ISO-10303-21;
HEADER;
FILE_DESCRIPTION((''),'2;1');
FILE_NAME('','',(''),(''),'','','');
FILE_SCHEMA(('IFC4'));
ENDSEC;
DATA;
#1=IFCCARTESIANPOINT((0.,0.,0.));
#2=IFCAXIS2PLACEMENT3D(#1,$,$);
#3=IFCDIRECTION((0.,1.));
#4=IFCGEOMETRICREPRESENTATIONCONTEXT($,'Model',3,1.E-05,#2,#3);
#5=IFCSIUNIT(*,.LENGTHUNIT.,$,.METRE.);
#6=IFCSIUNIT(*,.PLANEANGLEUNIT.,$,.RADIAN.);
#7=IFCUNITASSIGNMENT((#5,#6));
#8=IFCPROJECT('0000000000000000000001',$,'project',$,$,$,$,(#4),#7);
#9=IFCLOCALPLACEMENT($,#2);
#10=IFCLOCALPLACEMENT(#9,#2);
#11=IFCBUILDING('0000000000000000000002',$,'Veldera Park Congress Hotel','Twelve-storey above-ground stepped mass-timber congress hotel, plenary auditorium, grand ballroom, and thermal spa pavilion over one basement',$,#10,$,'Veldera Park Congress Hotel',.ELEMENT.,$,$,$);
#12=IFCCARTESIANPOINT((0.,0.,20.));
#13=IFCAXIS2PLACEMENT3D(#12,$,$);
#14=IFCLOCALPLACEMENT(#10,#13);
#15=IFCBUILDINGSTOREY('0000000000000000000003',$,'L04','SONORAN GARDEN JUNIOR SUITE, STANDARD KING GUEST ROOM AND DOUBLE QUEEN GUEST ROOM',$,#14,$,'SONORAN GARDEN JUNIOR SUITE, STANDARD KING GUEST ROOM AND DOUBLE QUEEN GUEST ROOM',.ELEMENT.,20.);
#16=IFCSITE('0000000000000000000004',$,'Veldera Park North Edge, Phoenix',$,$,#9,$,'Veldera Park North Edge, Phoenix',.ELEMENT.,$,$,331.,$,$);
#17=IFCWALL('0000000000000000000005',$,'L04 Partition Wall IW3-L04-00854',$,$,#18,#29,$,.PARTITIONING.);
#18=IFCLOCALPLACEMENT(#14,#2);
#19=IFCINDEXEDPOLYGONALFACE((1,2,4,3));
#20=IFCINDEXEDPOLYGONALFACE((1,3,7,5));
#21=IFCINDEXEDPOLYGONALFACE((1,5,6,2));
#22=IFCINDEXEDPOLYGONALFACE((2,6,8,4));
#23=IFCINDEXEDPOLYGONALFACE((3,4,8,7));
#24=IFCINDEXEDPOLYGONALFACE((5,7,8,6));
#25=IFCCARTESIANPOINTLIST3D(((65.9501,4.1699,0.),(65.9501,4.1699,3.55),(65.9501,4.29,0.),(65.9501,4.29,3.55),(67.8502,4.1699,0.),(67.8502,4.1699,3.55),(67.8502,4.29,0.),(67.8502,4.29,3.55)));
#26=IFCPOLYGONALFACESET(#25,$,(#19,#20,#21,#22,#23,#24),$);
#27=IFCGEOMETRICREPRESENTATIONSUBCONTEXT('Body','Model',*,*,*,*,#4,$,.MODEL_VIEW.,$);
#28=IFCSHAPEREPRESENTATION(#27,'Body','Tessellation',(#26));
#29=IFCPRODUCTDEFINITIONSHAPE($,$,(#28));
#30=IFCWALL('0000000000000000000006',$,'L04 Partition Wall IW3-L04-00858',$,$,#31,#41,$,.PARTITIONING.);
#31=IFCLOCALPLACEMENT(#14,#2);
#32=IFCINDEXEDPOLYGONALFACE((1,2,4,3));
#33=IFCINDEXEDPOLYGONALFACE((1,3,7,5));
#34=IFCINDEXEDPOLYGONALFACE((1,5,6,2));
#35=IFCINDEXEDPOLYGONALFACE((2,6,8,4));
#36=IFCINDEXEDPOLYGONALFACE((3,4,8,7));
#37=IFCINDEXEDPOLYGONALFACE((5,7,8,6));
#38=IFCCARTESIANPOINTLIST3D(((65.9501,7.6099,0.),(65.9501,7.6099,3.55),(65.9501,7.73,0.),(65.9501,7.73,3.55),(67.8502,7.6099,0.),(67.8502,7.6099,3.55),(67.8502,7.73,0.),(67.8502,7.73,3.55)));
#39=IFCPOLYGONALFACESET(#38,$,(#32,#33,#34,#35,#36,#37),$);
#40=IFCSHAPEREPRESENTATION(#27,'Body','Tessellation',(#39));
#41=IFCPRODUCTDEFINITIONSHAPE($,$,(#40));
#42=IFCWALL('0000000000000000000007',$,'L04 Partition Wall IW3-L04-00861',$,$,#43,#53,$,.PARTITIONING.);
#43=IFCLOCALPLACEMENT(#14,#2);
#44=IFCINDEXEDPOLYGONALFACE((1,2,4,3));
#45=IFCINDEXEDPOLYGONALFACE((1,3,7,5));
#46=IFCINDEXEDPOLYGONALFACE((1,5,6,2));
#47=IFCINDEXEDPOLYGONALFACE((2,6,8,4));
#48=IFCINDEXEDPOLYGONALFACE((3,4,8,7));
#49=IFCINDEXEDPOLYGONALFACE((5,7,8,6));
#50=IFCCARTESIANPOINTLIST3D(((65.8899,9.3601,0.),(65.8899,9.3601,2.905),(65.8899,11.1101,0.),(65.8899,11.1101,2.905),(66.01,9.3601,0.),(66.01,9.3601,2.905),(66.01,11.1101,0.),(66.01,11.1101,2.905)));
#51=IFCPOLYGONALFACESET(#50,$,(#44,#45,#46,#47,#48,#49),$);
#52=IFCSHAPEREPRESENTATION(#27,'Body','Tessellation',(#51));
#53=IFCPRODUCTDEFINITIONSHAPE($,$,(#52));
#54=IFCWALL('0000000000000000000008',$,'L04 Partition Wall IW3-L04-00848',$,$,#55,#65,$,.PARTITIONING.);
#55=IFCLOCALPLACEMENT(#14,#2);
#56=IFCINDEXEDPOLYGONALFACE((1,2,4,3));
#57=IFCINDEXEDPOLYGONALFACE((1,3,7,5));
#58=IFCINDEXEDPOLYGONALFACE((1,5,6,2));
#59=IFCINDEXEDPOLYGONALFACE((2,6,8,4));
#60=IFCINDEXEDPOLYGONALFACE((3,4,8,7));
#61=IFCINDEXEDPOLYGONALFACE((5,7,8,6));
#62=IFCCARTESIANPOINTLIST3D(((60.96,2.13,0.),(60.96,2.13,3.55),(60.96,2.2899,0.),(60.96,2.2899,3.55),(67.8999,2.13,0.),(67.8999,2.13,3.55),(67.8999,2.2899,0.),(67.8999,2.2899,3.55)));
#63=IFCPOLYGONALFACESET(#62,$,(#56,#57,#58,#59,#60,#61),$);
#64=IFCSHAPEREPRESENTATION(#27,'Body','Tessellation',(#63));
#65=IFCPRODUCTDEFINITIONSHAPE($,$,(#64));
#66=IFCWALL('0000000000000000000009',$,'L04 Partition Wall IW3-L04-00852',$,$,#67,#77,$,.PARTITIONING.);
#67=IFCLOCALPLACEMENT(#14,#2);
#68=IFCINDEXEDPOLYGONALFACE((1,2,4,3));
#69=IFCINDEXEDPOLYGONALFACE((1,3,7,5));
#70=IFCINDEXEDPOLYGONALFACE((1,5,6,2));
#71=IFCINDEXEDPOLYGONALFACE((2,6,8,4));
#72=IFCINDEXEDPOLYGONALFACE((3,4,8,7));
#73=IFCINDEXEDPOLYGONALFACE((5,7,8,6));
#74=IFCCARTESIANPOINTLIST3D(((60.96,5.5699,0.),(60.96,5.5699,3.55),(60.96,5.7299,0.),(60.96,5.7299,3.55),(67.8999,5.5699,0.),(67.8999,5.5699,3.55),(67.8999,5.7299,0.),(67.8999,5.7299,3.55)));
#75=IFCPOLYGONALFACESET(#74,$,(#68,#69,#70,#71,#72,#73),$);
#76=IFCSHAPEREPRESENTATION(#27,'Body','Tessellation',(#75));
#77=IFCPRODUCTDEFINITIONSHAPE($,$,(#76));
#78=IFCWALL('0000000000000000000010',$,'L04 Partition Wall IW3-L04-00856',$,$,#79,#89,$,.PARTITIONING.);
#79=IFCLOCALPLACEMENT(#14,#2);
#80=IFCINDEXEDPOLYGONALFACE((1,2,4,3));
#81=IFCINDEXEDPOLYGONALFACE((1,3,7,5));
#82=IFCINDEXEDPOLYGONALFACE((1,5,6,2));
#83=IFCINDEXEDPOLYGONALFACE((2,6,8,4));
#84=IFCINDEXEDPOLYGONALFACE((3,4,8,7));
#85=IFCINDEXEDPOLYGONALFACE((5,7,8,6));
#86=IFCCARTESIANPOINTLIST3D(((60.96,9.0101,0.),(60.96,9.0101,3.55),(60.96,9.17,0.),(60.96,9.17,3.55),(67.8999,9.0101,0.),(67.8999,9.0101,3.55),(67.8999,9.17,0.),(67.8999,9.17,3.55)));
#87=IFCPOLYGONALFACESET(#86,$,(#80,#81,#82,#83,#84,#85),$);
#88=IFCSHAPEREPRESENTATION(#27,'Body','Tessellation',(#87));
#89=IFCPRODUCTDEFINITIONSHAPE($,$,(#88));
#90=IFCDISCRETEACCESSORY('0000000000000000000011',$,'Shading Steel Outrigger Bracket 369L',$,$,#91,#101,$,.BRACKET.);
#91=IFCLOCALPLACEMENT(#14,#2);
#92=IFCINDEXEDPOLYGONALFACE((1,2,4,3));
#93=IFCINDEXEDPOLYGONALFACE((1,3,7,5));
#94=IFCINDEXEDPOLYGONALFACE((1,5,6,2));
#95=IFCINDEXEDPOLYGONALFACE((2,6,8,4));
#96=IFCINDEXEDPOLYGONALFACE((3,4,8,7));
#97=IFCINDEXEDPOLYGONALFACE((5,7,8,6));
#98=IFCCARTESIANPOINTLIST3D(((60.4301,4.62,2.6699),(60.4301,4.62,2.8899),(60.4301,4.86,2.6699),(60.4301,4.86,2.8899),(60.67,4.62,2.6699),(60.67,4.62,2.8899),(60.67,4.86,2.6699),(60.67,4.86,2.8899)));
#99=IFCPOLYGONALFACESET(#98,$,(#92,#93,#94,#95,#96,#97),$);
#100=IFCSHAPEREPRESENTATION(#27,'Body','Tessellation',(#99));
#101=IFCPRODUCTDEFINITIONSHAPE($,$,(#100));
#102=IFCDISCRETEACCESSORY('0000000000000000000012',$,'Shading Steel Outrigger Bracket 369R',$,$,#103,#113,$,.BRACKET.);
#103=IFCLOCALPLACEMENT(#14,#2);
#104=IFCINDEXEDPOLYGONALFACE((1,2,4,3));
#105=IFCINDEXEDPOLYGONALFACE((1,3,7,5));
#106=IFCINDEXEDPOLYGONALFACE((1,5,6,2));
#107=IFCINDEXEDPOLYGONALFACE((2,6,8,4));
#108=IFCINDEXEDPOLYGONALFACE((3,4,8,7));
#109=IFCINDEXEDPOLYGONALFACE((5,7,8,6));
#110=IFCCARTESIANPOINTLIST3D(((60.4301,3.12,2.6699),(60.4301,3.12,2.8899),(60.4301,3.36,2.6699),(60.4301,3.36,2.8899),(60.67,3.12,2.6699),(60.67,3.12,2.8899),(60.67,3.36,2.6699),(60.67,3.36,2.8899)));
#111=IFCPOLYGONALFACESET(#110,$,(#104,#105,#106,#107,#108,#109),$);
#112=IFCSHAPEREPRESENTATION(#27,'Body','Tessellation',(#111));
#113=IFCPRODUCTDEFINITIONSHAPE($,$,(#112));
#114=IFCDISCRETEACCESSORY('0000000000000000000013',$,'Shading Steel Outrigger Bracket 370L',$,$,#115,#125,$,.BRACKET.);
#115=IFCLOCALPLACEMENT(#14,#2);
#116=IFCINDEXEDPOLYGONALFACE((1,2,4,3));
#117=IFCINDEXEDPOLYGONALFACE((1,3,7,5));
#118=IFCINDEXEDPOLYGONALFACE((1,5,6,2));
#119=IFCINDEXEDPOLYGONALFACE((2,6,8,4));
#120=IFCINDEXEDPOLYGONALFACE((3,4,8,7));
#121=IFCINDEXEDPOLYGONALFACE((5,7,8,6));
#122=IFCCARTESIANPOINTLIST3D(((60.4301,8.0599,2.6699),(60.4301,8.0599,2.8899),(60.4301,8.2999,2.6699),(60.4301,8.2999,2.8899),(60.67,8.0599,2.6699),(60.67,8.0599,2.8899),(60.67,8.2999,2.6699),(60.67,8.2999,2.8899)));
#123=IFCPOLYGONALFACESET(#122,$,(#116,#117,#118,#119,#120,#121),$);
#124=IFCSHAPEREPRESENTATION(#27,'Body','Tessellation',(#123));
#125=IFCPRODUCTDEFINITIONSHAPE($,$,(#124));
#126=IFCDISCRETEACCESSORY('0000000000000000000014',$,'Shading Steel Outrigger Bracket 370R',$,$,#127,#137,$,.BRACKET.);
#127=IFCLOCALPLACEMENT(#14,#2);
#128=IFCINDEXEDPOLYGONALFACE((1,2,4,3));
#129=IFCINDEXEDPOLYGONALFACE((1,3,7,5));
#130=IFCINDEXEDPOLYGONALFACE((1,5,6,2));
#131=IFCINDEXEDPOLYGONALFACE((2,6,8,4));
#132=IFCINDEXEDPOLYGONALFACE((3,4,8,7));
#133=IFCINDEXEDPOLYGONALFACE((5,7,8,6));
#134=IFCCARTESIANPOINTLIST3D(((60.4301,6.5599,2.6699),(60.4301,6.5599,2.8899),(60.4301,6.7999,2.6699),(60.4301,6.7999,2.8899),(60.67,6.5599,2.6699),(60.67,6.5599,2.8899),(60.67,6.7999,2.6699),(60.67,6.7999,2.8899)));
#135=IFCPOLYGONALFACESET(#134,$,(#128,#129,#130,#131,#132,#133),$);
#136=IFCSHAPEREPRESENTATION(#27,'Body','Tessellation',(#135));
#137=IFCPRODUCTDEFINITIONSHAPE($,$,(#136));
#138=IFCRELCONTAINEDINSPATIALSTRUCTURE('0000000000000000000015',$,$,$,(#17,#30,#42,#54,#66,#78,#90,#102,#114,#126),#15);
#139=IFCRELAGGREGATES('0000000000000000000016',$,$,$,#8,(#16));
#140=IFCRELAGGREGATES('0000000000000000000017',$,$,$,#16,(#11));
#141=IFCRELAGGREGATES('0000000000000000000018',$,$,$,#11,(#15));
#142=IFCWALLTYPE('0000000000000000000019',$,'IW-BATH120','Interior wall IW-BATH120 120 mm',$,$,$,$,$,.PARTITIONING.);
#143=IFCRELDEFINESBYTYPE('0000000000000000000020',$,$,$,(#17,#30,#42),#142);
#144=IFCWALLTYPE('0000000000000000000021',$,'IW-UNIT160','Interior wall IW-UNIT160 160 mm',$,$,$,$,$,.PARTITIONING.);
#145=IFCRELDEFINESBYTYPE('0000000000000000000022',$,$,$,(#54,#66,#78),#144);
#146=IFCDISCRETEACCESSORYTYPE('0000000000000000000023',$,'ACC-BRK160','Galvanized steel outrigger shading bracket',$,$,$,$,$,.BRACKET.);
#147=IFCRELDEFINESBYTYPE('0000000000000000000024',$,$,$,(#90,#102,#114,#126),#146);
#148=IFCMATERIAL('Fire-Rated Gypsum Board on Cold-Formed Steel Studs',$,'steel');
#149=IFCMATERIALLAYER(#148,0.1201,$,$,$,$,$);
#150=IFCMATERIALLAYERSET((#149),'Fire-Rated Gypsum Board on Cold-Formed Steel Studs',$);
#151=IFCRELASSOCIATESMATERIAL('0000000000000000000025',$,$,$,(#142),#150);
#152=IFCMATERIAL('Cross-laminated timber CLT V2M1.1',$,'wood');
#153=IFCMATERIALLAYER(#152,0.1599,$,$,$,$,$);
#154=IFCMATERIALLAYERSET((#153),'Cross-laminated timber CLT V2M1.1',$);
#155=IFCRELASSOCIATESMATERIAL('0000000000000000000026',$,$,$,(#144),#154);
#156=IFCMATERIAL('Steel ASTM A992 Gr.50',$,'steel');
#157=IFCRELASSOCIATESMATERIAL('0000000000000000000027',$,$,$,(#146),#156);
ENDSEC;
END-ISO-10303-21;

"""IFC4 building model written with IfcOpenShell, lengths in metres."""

from ifc_helpers import new_model, si_unit, direction, frame, frame_2d, origin, origin_2d, place, context, subcontext, project, spatial, rectangle, extrude, material, layer, layer_set, type_object, element, save


model = new_model("IFC4")

# Units and contexts
model_context = context("Model", 3, precision=1e-05, world=origin(), true_north=direction((0.0, 1.0)))
body_context = subcontext(model_context, "Body", "Model", "MODEL_VIEW")
ifc_project = project(units=[si_unit("LENGTHUNIT", "METRE"), si_unit("PLANEANGLEUNIT", "RADIAN")], contexts=[model_context])

# Site, building, storey
site_placement = place(None, origin())
site = spatial("IfcSite", under=ifc_project, at=site_placement, Name="Veldera Park North Edge, Phoenix", LongName="Veldera Park North Edge, Phoenix", CompositionType="ELEMENT", RefElevation=331.0)
building_placement = place(site_placement, origin())
building = spatial("IfcBuilding", under=site, at=building_placement, Name="Veldera Park Congress Hotel", Description="Twelve-storey above-ground stepped mass-timber congress hotel, plenary auditorium, grand ballroom, and thermal spa pavilion over one basement", LongName="Veldera Park Congress Hotel", CompositionType="ELEMENT")
storey_placement = place(building_placement, frame((0.0, 0.0, 20.0)))
storey = spatial("IfcBuildingStorey", under=building, at=storey_placement, Name="L04", Description="SONORAN GARDEN JUNIOR SUITE, STANDARD KING GUEST ROOM AND DOUBLE QUEEN GUEST ROOM", LongName="SONORAN GARDEN JUNIOR SUITE, STANDARD KING GUEST ROOM AND DOUBLE QUEEN GUEST ROOM", CompositionType="ELEMENT", Elevation=20.0)

# Shared definitions
ifc_material_1 = material(Name="Cross-laminated timber CLT V2M1.1", Category="wood")

# Shared definitions
ifc_material_2 = material(Name="Fire-Rated Gypsum Board on Cold-Formed Steel Studs", Category="steel")
ifc_layer_1 = layer(ifc_material_2, 0.1201)
ifc_layer_set_1 = layer_set([ifc_layer_1], Name="Fire-Rated Gypsum Board on Cold-Formed Steel Studs")
wall_type_1 = type_object("IfcWallType", Name="IW-BATH120", Description="Interior wall IW-BATH120 120 mm", PredefinedType="PARTITIONING", material=ifc_layer_set_1)

# Wall
wall_1_placement = place(storey_placement, frame((65.95, 4.23, 0.0), z_axis=(0.0, 0.0, 1.0), x_axis=(1.0, 0.0, 0.0)))
element("IfcWall", 1, at=wall_1_placement, inside=storey, type_object=wall_type_1, Name="L04 Partition Wall IW3-L04-00854", PredefinedType="PARTITIONING", context=body_context, shape_type="SweptSolid", body=[
    extrude(rectangle(XDim=1.9001, YDim=0.1201, at=frame_2d((0.9502, 0.0))), origin(), (0.0, 0.0, 1.0), 3.55),
])

# Walls
wall_2_placement = place(storey_placement, frame((65.95, 7.6699, 0.0), z_axis=(0.0, 0.0, 1.0), x_axis=(1.0, 0.0, 0.0)))
element("IfcWall", 2, at=wall_2_placement, inside=storey, type_object=wall_type_1, Name="L04 Partition Wall IW3-L04-00858", PredefinedType="PARTITIONING", context=body_context, shape_type="SweptSolid", body=[
    extrude(rectangle(XDim=1.9001, YDim=0.1201, at=frame_2d((0.9502, 0.0))), origin(), (0.0, 0.0, 1.0), 3.55),
])
wall_3_placement = place(storey_placement, frame((65.95, 9.3601, 0.0), z_axis=(0.0, 0.0, 1.0), x_axis=(0.0, 1.0, 0.0)))
element("IfcWall", 3, at=wall_3_placement, inside=storey, type_object=wall_type_1, Name="L04 Partition Wall IW3-L04-00861", PredefinedType="PARTITIONING", context=body_context, shape_type="SweptSolid", body=[
    extrude(rectangle(XDim=1.75, YDim=0.1201, at=frame_2d((0.875, 0.0))), origin(), (0.0, 0.0, 1.0), 2.905),
])
ifc_layer_2 = layer(ifc_material_1, 0.1599)
ifc_layer_set_2 = layer_set([ifc_layer_2], Name="Cross-laminated timber CLT V2M1.1")
wall_type_2 = type_object("IfcWallType", Name="IW-UNIT160", Description="Interior wall IW-UNIT160 160 mm", PredefinedType="PARTITIONING", material=ifc_layer_set_2)
for number, where, z_axis, x_axis, name in (
    (4, (60.96, 2.21, 0.0), (0.0, 0.0, 1.0), (1.0, 0.0, 0.0), "L04 Partition Wall IW3-L04-00848"),
    (5, (60.96, 5.6499, 0.0), (0.0, 0.0, 1.0), (1.0, 0.0, 0.0), "L04 Partition Wall IW3-L04-00852"),
    (6, (60.96, 9.0901, 0.0), (0.0, 0.0, 1.0), (1.0, 0.0, 0.0), "L04 Partition Wall IW3-L04-00856"),
):
    element("IfcWall", number, at=place(storey_placement, frame(where, z_axis=z_axis, x_axis=x_axis)), inside=storey, type_object=wall_type_2, Name=name, PredefinedType="PARTITIONING", context=body_context, shape_type="SweptSolid", body=[
        extrude(rectangle(XDim=6.9399, YDim=0.1599, at=frame_2d((3.47, 0.0))), origin(), (0.0, 0.0, 1.0), 3.55),
    ])

# Discrete accessories
ifc_material_3 = material(Name="Steel ASTM A992 Gr.50", Category="steel")
discrete_accessory_type = type_object("IfcDiscreteAccessoryType", Name="ACC-BRK160", Description="Galvanized steel outrigger shading bracket", PredefinedType="BRACKET", material=ifc_material_3)
for number, where, z_axis, x_axis, name in (
    (7, (60.55, 4.74, 2.6699), (0.0, 0.0, 1.0), (0.0, -1.0, 0.0), "Shading Steel Outrigger Bracket 369L"),
    (8, (60.55, 3.24, 2.6699), (0.0, 0.0, 1.0), (0.0, -1.0, 0.0), "Shading Steel Outrigger Bracket 369R"),
    (9, (60.55, 8.1799, 2.6699), (0.0, 0.0, 1.0), (0.0, -1.0, 0.0), "Shading Steel Outrigger Bracket 370L"),
    (10, (60.55, 6.6799, 2.6699), (0.0, 0.0, 1.0), (0.0, -1.0, 0.0), "Shading Steel Outrigger Bracket 370R"),
):
    element("IfcDiscreteAccessory", number, at=place(storey_placement, frame(where, z_axis=z_axis, x_axis=x_axis)), inside=storey, type_object=discrete_accessory_type, Name=name, PredefinedType="BRACKET", context=body_context, shape_type="SweptSolid", body=[
        extrude(rectangle(XDim=0.24, YDim=0.24, at=origin_2d()), origin(), (0.0, 0.0, 1.0), 0.22),
    ])

save(model, "model.ifc")
